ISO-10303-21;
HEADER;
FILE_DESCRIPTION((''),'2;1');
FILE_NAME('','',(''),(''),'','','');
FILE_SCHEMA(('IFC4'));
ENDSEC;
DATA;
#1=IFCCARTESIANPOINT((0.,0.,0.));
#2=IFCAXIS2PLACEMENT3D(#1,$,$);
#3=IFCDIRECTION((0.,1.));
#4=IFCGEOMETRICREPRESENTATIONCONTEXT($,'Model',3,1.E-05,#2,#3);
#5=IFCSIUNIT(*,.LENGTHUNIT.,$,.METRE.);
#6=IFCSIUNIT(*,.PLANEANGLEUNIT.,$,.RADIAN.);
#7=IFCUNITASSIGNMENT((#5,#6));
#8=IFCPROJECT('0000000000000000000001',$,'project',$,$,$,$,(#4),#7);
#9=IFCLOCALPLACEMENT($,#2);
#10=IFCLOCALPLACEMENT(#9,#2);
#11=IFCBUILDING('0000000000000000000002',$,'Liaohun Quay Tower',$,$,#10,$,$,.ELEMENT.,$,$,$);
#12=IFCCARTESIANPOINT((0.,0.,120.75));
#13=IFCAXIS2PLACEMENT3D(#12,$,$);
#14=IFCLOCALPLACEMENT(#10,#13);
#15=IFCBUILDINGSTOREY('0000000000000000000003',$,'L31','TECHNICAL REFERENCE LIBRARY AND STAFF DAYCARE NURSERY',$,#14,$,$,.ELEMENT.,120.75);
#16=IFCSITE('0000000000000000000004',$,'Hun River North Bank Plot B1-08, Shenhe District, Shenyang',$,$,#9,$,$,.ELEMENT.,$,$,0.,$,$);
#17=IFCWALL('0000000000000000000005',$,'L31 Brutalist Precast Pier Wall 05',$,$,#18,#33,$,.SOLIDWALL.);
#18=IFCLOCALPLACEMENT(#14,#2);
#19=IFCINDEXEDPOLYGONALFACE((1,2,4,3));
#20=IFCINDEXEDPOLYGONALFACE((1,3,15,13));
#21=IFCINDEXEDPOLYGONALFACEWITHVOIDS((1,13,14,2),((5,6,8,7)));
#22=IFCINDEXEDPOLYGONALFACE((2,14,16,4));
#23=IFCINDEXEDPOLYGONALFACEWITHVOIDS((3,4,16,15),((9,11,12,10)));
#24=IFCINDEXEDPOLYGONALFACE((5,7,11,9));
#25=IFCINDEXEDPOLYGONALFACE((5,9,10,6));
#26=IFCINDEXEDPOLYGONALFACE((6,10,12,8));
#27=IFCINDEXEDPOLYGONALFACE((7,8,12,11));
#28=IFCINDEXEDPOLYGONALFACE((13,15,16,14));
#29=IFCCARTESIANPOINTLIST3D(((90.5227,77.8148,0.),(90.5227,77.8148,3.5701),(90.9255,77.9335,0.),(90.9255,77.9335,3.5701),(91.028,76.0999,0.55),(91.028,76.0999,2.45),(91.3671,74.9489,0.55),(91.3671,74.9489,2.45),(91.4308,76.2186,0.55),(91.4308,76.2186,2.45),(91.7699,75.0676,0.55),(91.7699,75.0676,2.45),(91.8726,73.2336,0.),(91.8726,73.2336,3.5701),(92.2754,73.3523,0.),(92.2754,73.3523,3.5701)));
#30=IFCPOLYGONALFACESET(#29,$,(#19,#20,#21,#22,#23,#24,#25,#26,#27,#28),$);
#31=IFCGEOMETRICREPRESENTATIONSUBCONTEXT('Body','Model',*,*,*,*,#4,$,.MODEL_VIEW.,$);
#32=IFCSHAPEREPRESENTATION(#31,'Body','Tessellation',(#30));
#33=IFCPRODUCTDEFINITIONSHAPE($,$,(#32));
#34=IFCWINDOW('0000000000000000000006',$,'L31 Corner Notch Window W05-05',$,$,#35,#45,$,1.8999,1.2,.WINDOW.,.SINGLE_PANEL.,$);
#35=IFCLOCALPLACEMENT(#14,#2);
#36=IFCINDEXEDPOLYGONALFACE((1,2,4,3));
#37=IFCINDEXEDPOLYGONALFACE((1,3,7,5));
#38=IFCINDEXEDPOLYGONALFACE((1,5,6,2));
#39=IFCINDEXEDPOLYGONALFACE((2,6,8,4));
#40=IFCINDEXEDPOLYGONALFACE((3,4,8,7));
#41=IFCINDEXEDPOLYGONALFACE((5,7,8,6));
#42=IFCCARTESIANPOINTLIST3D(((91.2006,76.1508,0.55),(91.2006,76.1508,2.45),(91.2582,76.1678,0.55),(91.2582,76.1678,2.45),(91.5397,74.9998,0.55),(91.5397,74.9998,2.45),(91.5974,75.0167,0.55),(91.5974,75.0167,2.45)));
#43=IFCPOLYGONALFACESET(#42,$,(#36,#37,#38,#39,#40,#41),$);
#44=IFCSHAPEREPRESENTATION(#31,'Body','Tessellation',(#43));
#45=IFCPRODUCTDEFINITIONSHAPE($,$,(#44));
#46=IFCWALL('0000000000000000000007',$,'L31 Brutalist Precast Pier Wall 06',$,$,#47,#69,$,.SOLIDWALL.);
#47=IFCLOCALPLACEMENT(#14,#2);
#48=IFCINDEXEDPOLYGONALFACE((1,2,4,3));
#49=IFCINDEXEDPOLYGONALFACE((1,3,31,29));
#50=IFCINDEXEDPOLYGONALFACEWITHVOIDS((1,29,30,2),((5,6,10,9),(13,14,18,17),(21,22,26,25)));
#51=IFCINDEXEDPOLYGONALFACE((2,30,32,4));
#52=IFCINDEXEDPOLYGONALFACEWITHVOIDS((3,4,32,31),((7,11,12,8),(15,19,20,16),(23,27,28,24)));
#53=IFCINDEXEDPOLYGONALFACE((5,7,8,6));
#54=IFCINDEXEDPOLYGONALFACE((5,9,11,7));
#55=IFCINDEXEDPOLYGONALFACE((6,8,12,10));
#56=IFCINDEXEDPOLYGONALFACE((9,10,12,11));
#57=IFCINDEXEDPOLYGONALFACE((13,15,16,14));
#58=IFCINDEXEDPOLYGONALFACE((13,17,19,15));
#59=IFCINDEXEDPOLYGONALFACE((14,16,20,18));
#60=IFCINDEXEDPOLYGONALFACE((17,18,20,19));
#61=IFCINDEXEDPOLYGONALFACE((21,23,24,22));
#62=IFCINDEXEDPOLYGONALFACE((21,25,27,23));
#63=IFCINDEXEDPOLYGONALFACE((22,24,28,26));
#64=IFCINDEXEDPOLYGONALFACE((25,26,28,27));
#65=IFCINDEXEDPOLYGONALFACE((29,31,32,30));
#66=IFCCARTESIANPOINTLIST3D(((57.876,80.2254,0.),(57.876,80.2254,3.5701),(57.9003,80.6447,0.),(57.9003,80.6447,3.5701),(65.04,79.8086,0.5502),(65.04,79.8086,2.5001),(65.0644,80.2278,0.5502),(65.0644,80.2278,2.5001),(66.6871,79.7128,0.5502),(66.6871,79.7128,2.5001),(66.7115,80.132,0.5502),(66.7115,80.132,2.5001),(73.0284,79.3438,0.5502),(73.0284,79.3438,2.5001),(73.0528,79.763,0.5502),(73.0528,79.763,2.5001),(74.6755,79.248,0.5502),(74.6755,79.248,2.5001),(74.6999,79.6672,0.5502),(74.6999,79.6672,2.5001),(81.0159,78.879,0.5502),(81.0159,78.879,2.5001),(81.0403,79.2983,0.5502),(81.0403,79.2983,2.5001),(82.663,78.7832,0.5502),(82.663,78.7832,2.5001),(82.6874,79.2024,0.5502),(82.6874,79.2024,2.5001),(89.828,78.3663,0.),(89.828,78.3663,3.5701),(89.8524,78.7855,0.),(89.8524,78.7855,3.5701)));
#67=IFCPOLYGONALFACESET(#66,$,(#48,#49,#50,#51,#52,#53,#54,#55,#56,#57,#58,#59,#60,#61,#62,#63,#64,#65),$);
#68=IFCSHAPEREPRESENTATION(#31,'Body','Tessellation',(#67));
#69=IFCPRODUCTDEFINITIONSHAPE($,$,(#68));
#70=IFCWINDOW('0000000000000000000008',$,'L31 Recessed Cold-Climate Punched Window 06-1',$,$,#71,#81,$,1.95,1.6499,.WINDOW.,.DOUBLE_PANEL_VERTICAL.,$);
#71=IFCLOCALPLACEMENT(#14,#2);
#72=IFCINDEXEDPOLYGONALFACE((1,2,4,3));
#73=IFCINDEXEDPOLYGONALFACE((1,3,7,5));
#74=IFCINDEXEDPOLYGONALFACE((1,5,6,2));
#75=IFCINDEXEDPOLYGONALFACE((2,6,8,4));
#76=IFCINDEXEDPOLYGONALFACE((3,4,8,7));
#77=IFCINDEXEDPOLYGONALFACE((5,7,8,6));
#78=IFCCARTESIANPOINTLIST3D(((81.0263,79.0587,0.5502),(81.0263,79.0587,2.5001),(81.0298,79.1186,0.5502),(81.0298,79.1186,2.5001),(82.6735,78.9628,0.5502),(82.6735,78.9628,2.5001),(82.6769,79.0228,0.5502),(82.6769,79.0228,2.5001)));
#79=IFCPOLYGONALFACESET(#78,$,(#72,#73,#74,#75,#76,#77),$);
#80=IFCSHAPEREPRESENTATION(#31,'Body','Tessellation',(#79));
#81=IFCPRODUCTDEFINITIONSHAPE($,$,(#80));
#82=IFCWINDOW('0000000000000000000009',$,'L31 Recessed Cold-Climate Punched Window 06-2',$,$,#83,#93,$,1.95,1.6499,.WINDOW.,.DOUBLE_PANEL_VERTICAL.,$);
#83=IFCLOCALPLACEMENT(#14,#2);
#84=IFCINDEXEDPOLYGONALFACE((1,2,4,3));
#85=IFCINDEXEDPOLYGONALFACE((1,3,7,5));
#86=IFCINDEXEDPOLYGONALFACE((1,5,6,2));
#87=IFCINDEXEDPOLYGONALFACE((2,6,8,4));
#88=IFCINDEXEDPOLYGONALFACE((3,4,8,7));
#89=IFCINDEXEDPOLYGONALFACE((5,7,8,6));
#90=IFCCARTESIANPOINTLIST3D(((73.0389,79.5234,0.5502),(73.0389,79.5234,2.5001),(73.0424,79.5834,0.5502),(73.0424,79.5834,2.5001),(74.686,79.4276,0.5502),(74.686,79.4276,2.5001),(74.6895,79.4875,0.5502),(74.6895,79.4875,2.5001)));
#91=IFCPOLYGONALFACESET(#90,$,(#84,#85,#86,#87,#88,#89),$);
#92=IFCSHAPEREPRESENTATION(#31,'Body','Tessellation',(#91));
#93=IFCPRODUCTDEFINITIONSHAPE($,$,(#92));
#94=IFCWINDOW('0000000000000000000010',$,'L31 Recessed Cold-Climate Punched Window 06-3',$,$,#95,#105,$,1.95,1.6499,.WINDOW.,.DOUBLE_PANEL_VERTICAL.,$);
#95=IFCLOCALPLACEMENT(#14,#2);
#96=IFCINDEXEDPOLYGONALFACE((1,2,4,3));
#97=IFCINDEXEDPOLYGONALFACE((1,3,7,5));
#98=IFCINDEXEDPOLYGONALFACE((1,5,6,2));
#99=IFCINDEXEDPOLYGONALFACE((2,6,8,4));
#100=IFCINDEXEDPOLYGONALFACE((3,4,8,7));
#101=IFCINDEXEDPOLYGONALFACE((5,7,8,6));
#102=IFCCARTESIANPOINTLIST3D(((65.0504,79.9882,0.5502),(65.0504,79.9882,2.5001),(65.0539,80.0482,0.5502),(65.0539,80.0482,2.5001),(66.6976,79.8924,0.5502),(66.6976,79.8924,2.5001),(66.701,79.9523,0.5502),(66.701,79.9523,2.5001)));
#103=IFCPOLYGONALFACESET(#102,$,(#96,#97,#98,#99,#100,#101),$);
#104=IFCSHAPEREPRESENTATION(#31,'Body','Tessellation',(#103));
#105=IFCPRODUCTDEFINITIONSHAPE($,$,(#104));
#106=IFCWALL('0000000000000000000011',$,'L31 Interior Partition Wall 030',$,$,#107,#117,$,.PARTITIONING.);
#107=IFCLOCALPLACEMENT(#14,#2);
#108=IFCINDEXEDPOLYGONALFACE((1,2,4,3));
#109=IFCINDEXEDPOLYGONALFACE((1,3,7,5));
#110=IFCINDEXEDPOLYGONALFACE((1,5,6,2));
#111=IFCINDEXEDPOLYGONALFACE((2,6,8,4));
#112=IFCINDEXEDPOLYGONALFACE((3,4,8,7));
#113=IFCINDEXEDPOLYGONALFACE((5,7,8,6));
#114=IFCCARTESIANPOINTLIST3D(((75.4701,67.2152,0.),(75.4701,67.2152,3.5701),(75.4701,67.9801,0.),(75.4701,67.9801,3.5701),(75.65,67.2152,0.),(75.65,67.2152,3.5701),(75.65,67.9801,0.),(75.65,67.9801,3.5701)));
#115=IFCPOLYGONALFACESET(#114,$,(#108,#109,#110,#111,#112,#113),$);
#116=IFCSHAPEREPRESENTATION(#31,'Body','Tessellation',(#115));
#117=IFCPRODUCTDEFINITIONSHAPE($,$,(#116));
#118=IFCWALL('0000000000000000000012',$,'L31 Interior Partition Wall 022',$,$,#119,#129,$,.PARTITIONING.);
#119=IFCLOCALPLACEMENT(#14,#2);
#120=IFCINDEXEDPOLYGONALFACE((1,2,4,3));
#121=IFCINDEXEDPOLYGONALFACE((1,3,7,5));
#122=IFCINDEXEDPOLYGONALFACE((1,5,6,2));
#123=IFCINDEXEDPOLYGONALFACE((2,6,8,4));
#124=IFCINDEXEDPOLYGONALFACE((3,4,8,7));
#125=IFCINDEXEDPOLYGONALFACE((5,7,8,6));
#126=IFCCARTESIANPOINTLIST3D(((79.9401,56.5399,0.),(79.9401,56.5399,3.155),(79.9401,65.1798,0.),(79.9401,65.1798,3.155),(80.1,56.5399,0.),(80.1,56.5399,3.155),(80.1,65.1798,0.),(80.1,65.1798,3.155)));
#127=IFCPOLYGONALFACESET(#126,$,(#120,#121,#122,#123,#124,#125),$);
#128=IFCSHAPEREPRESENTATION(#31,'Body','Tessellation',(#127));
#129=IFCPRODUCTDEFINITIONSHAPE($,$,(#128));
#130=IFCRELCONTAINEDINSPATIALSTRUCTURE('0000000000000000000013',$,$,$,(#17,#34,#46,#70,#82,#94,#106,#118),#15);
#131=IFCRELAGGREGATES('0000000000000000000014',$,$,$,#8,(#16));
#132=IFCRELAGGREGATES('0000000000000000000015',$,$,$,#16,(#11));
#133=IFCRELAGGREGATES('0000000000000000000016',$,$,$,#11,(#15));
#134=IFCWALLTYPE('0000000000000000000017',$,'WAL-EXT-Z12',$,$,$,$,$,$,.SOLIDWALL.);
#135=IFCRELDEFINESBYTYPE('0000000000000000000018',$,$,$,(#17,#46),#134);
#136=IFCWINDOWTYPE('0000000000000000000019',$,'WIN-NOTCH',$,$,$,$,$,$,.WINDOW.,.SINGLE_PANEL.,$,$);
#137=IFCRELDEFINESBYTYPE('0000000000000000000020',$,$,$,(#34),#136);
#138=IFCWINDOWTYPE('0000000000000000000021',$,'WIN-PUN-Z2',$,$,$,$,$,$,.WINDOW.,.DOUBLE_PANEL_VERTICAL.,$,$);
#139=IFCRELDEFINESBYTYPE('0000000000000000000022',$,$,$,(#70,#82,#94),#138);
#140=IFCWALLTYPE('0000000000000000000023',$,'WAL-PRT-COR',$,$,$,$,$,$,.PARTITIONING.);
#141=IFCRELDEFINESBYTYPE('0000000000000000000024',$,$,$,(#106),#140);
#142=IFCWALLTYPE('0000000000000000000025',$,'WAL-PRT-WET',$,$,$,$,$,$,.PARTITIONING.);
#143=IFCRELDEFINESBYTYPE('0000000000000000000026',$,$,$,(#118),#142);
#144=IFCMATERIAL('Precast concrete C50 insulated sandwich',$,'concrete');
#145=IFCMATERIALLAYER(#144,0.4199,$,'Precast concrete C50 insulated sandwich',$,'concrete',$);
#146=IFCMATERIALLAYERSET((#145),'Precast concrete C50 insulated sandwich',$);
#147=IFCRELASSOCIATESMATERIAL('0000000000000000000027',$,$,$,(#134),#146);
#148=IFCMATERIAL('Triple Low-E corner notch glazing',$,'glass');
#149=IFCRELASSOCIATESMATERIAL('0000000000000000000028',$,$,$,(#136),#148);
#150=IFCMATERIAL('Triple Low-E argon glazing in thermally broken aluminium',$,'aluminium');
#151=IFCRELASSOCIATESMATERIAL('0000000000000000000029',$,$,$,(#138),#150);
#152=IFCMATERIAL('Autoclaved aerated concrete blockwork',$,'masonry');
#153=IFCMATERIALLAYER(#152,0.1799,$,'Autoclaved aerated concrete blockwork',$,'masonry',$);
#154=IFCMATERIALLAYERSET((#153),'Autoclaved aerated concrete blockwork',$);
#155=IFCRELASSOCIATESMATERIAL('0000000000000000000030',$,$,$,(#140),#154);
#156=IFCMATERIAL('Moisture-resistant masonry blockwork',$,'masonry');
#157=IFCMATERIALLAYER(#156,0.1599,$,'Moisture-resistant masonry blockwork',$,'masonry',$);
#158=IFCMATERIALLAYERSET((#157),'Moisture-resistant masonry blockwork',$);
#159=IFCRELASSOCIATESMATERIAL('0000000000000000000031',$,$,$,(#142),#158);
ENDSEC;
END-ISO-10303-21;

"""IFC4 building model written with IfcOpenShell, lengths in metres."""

from ifc_helpers import new_model, si_unit, direction, frame, frame_2d, origin, place, context, subcontext, project, spatial, rectangle, extrude, source, transform, mapped, material, layer, layer_set, type_object, element, fill, save


model = new_model("IFC4")

# Units and contexts
model_context = context("Model", 3, precision=1e-05, world=origin(), true_north=direction((0.0, 1.0)))
body_context = subcontext(model_context, "Body", "Model", "MODEL_VIEW")
ifc_project = project(units=[si_unit("LENGTHUNIT", "METRE"), si_unit("PLANEANGLEUNIT", "RADIAN")], contexts=[model_context])

# Site, building, storey
site_placement = place(None, origin())
site = spatial("IfcSite", under=ifc_project, at=site_placement, Name="Hun River North Bank Plot B1-08, Shenhe District, Shenyang", CompositionType="ELEMENT", RefElevation=0.0)
building_placement = place(site_placement, origin())
building = spatial("IfcBuilding", under=site, at=building_placement, Name="Liaohun Quay Tower", CompositionType="ELEMENT")
storey_placement = place(building_placement, frame((0.0, 0.0, 120.75)))
storey = spatial("IfcBuildingStorey", under=building, at=storey_placement, Name="L31", Description="TECHNICAL REFERENCE LIBRARY AND STAFF DAYCARE NURSERY", CompositionType="ELEMENT", Elevation=120.75)

# Wall, opening, window
ifc_material_1 = material(Name="Precast concrete C50 insulated sandwich", Category="concrete")
ifc_layer_1 = layer(ifc_material_1, 0.4199, Name="Precast concrete C50 insulated sandwich", Category="concrete")
ifc_layer_set_1 = layer_set([ifc_layer_1], Name="Precast concrete C50 insulated sandwich")
wall_type_1 = type_object("IfcWallType", Name="WAL-EXT-Z12", PredefinedType="SOLIDWALL", material=ifc_layer_set_1)
shared_shape_1 = source(origin(), body_context, "Body", "SweptSolid", [
    extrude(rectangle(XDim=1.2, YDim=1.8999, at=frame_2d((0.6001, 0.95))), frame((0.0, 0.22, 0.0), z_axis=(0.0, -1.0, 0.0), x_axis=(1.0, 0.0, 0.0)), (0.0, 0.0, 1.0), 0.4399),
])
ifc_material_2 = material(Name="Triple Low-E corner notch glazing", Category="glass")
window_type_1 = type_object("IfcWindowType", Name="WIN-NOTCH", PartitioningType="SINGLE_PANEL", PredefinedType="WINDOW", material=ifc_material_2)
shared_shape_2 = source(origin(), body_context, "Body", "SweptSolid", [
    extrude(rectangle(XDim=1.2, YDim=1.8999, at=frame_2d((0.6001, 0.95))), frame((0.0, 0.03, 0.0), z_axis=(0.0, -1.0, 0.0), x_axis=(1.0, 0.0, 0.0)), (0.0, 0.0, 1.0), 0.0601),
])
wall_1_placement = place(storey_placement, frame((92.074, 73.293, 0.0), z_axis=(0.0, 0.0, 1.0), x_axis=(-0.282645, 0.959225, 0.0)))
wall_1 = element("IfcWall", 1, at=wall_1_placement, inside=storey, type_object=wall_type_1, Name="L31 Brutalist Precast Pier Wall 05", PredefinedType="SOLIDWALL", context=body_context, shape_type="SweptSolid", body=[
    extrude(rectangle(XDim=4.7759, YDim=0.4199, at=frame_2d((2.3879, 0.0))), origin(), (0.0, 0.0, 1.0), 3.5701),
])
opening_1_placement = place(wall_1_placement, frame((1.7881, 0.0, 0.55)))
opening_1 = element("IfcOpeningElement", 2, at=opening_1_placement, cuts=wall_1, PredefinedType="OPENING", context=body_context, shape_type="MappedRepresentation", body=[
    mapped(shared_shape_1, transform((0.0, 0.0, 0.0), x_axis=(1.0, 0.0, 0.0), y_axis=(0.0, 1.0, 0.0), z_axis=(0.0, 0.0, 1.0), scale=1.0)),
])
window_1_placement = place(opening_1_placement, origin())
window_1 = element("IfcWindow", 3, at=window_1_placement, inside=storey, type_object=window_type_1, Name="L31 Corner Notch Window W05-05", OverallHeight=1.8999, OverallWidth=1.2, PartitioningType="SINGLE_PANEL", PredefinedType="WINDOW", context=body_context, shape_type="MappedRepresentation", body=[
    mapped(shared_shape_2, transform((0.0, 0.0, 0.0), x_axis=(1.0, 0.0, 0.0), y_axis=(0.0, 1.0, 0.0), z_axis=(0.0, 0.0, 1.0), scale=1.0)),
])
fill(opening_1, window_1)

# Wall, openings, windows
wall_2_placement = place(storey_placement, frame((89.8401, 78.5759, 0.0), z_axis=(0.0, 0.0, 1.0), x_axis=(-0.998312, 0.058087, 0.0)))
wall_2 = element("IfcWall", 4, at=wall_2_placement, inside=storey, type_object=wall_type_1, Name="L31 Brutalist Precast Pier Wall 06", PredefinedType="SOLIDWALL", context=body_context, shape_type="SweptSolid", body=[
    extrude(rectangle(XDim=32.0061, YDim=0.4199, at=frame_2d((16.0029, 0.0))), origin(), (0.0, 0.0, 1.0), 3.5701),
])
shared_shape_3 = source(origin(), body_context, "Body", "SweptSolid", [
    extrude(rectangle(XDim=1.6499, YDim=1.95, at=frame_2d((0.825, 0.9751))), frame((0.0, 0.22, 0.0), z_axis=(0.0, -1.0, 0.0), x_axis=(1.0, 0.0, 0.0)), (0.0, 0.0, 1.0), 0.4399),
])
opening_2_placement = place(wall_2_placement, frame((7.177, 0.0, 0.55)))
opening_2 = element("IfcOpeningElement", 5, at=opening_2_placement, cuts=wall_2, PredefinedType="OPENING", context=body_context, shape_type="MappedRepresentation", body=[
    mapped(shared_shape_3, transform((0.0, 0.0, 0.0), x_axis=(1.0, 0.0, 0.0), y_axis=(0.0, 1.0, 0.0), z_axis=(0.0, 0.0, 1.0), scale=1.0)),
])
opening_3_placement = place(wall_2_placement, frame((15.178, 0.0, 0.55)))
opening_3 = element("IfcOpeningElement", 6, at=opening_3_placement, cuts=wall_2, PredefinedType="OPENING", context=body_context, shape_type="MappedRepresentation", body=[
    mapped(shared_shape_3, transform((0.0, 0.0, 0.0), x_axis=(1.0, 0.0, 0.0), y_axis=(0.0, 1.0, 0.0), z_axis=(0.0, 0.0, 1.0), scale=1.0)),
])
opening_4_placement = place(wall_2_placement, frame((23.1799, 0.0, 0.55)))
opening_4 = element("IfcOpeningElement", 7, at=opening_4_placement, cuts=wall_2, PredefinedType="OPENING", context=body_context, shape_type="MappedRepresentation", body=[
    mapped(shared_shape_3, transform((0.0, 0.0, 0.0), x_axis=(1.0, 0.0, 0.0), y_axis=(0.0, 1.0, 0.0), z_axis=(0.0, 0.0, 1.0), scale=1.0)),
])
ifc_material_3 = material(Name="Triple Low-E argon glazing in thermally broken aluminium", Category="aluminium")
window_type_2 = type_object("IfcWindowType", Name="WIN-PUN-Z2", PartitioningType="DOUBLE_PANEL_VERTICAL", PredefinedType="WINDOW", material=ifc_material_3)
shared_shape_4 = source(origin(), body_context, "Body", "SweptSolid", [
    extrude(rectangle(XDim=1.6499, YDim=1.95, at=frame_2d((0.825, 0.9751))), frame((0.0, 0.03, 0.0), z_axis=(0.0, -1.0, 0.0), x_axis=(1.0, 0.0, 0.0)), (0.0, 0.0, 1.0), 0.0601),
])
window_2_placement = place(opening_2_placement, origin())
window_2 = element("IfcWindow", 8, at=window_2_placement, inside=storey, type_object=window_type_2, Name="L31 Recessed Cold-Climate Punched Window 06-1", OverallHeight=1.95, OverallWidth=1.6499, PartitioningType="DOUBLE_PANEL_VERTICAL", PredefinedType="WINDOW", context=body_context, shape_type="MappedRepresentation", body=[
    mapped(shared_shape_4, transform((0.0, 0.0, 0.0), x_axis=(1.0, 0.0, 0.0), y_axis=(0.0, 1.0, 0.0), z_axis=(0.0, 0.0, 1.0), scale=1.0)),
])
fill(opening_2, window_2)
window_3_placement = place(opening_3_placement, origin())
window_3 = element("IfcWindow", 9, at=window_3_placement, inside=storey, type_object=window_type_2, Name="L31 Recessed Cold-Climate Punched Window 06-2", OverallHeight=1.95, OverallWidth=1.6499, PartitioningType="DOUBLE_PANEL_VERTICAL", PredefinedType="WINDOW", context=body_context, shape_type="MappedRepresentation", body=[
    mapped(shared_shape_4, transform((0.0, 0.0, 0.0), x_axis=(1.0, 0.0, 0.0), y_axis=(0.0, 1.0, 0.0), z_axis=(0.0, 0.0, 1.0), scale=1.0)),
])
fill(opening_3, window_3)
window_4_placement = place(opening_4_placement, origin())
window_4 = element("IfcWindow", 10, at=window_4_placement, inside=storey, type_object=window_type_2, Name="L31 Recessed Cold-Climate Punched Window 06-3", OverallHeight=1.95, OverallWidth=1.6499, PartitioningType="DOUBLE_PANEL_VERTICAL", PredefinedType="WINDOW", context=body_context, shape_type="MappedRepresentation", body=[
    mapped(shared_shape_4, transform((0.0, 0.0, 0.0), x_axis=(1.0, 0.0, 0.0), y_axis=(0.0, 1.0, 0.0), z_axis=(0.0, 0.0, 1.0), scale=1.0)),
])
fill(opening_4, window_4)

# Walls
ifc_material_4 = material(Name="Autoclaved aerated concrete blockwork", Category="masonry")
ifc_layer_2 = layer(ifc_material_4, 0.1799, Name="Autoclaved aerated concrete blockwork", Category="masonry")
ifc_layer_set_2 = layer_set([ifc_layer_2], Name="Autoclaved aerated concrete blockwork")
wall_type_2 = type_object("IfcWallType", Name="WAL-PRT-COR", PredefinedType="PARTITIONING", material=ifc_layer_set_2)
wall_3_placement = place(storey_placement, frame((75.5601, 67.98, 0.0), z_axis=(0.0, 0.0, 1.0), x_axis=(0.0, -1.0, 0.0)))
element("IfcWall", 11, at=wall_3_placement, inside=storey, type_object=wall_type_2, Name="L31 Interior Partition Wall 030", PredefinedType="PARTITIONING", context=body_context, shape_type="SweptSolid", body=[
    extrude(rectangle(XDim=0.7649, YDim=0.1799, at=frame_2d((0.3823, 0.0))), origin(), (0.0, 0.0, 1.0), 3.5701),
])
ifc_material_5 = material(Name="Moisture-resistant masonry blockwork", Category="masonry")
ifc_layer_3 = layer(ifc_material_5, 0.1599, Name="Moisture-resistant masonry blockwork", Category="masonry")
ifc_layer_set_3 = layer_set([ifc_layer_3], Name="Moisture-resistant masonry blockwork")
wall_type_3 = type_object("IfcWallType", Name="WAL-PRT-WET", PredefinedType="PARTITIONING", material=ifc_layer_set_3)
wall_4_placement = place(storey_placement, frame((80.02, 56.54, 0.0), z_axis=(0.0, 0.0, 1.0), x_axis=(0.0, 1.0, 0.0)))
element("IfcWall", 12, at=wall_4_placement, inside=storey, type_object=wall_type_3, Name="L31 Interior Partition Wall 022", PredefinedType="PARTITIONING", context=body_context, shape_type="SweptSolid", body=[
    extrude(rectangle(XDim=8.6399, YDim=0.1599, at=frame_2d((4.3198, 0.0))), origin(), (0.0, 0.0, 1.0), 3.155),
])

save(model, "model.ifc")
